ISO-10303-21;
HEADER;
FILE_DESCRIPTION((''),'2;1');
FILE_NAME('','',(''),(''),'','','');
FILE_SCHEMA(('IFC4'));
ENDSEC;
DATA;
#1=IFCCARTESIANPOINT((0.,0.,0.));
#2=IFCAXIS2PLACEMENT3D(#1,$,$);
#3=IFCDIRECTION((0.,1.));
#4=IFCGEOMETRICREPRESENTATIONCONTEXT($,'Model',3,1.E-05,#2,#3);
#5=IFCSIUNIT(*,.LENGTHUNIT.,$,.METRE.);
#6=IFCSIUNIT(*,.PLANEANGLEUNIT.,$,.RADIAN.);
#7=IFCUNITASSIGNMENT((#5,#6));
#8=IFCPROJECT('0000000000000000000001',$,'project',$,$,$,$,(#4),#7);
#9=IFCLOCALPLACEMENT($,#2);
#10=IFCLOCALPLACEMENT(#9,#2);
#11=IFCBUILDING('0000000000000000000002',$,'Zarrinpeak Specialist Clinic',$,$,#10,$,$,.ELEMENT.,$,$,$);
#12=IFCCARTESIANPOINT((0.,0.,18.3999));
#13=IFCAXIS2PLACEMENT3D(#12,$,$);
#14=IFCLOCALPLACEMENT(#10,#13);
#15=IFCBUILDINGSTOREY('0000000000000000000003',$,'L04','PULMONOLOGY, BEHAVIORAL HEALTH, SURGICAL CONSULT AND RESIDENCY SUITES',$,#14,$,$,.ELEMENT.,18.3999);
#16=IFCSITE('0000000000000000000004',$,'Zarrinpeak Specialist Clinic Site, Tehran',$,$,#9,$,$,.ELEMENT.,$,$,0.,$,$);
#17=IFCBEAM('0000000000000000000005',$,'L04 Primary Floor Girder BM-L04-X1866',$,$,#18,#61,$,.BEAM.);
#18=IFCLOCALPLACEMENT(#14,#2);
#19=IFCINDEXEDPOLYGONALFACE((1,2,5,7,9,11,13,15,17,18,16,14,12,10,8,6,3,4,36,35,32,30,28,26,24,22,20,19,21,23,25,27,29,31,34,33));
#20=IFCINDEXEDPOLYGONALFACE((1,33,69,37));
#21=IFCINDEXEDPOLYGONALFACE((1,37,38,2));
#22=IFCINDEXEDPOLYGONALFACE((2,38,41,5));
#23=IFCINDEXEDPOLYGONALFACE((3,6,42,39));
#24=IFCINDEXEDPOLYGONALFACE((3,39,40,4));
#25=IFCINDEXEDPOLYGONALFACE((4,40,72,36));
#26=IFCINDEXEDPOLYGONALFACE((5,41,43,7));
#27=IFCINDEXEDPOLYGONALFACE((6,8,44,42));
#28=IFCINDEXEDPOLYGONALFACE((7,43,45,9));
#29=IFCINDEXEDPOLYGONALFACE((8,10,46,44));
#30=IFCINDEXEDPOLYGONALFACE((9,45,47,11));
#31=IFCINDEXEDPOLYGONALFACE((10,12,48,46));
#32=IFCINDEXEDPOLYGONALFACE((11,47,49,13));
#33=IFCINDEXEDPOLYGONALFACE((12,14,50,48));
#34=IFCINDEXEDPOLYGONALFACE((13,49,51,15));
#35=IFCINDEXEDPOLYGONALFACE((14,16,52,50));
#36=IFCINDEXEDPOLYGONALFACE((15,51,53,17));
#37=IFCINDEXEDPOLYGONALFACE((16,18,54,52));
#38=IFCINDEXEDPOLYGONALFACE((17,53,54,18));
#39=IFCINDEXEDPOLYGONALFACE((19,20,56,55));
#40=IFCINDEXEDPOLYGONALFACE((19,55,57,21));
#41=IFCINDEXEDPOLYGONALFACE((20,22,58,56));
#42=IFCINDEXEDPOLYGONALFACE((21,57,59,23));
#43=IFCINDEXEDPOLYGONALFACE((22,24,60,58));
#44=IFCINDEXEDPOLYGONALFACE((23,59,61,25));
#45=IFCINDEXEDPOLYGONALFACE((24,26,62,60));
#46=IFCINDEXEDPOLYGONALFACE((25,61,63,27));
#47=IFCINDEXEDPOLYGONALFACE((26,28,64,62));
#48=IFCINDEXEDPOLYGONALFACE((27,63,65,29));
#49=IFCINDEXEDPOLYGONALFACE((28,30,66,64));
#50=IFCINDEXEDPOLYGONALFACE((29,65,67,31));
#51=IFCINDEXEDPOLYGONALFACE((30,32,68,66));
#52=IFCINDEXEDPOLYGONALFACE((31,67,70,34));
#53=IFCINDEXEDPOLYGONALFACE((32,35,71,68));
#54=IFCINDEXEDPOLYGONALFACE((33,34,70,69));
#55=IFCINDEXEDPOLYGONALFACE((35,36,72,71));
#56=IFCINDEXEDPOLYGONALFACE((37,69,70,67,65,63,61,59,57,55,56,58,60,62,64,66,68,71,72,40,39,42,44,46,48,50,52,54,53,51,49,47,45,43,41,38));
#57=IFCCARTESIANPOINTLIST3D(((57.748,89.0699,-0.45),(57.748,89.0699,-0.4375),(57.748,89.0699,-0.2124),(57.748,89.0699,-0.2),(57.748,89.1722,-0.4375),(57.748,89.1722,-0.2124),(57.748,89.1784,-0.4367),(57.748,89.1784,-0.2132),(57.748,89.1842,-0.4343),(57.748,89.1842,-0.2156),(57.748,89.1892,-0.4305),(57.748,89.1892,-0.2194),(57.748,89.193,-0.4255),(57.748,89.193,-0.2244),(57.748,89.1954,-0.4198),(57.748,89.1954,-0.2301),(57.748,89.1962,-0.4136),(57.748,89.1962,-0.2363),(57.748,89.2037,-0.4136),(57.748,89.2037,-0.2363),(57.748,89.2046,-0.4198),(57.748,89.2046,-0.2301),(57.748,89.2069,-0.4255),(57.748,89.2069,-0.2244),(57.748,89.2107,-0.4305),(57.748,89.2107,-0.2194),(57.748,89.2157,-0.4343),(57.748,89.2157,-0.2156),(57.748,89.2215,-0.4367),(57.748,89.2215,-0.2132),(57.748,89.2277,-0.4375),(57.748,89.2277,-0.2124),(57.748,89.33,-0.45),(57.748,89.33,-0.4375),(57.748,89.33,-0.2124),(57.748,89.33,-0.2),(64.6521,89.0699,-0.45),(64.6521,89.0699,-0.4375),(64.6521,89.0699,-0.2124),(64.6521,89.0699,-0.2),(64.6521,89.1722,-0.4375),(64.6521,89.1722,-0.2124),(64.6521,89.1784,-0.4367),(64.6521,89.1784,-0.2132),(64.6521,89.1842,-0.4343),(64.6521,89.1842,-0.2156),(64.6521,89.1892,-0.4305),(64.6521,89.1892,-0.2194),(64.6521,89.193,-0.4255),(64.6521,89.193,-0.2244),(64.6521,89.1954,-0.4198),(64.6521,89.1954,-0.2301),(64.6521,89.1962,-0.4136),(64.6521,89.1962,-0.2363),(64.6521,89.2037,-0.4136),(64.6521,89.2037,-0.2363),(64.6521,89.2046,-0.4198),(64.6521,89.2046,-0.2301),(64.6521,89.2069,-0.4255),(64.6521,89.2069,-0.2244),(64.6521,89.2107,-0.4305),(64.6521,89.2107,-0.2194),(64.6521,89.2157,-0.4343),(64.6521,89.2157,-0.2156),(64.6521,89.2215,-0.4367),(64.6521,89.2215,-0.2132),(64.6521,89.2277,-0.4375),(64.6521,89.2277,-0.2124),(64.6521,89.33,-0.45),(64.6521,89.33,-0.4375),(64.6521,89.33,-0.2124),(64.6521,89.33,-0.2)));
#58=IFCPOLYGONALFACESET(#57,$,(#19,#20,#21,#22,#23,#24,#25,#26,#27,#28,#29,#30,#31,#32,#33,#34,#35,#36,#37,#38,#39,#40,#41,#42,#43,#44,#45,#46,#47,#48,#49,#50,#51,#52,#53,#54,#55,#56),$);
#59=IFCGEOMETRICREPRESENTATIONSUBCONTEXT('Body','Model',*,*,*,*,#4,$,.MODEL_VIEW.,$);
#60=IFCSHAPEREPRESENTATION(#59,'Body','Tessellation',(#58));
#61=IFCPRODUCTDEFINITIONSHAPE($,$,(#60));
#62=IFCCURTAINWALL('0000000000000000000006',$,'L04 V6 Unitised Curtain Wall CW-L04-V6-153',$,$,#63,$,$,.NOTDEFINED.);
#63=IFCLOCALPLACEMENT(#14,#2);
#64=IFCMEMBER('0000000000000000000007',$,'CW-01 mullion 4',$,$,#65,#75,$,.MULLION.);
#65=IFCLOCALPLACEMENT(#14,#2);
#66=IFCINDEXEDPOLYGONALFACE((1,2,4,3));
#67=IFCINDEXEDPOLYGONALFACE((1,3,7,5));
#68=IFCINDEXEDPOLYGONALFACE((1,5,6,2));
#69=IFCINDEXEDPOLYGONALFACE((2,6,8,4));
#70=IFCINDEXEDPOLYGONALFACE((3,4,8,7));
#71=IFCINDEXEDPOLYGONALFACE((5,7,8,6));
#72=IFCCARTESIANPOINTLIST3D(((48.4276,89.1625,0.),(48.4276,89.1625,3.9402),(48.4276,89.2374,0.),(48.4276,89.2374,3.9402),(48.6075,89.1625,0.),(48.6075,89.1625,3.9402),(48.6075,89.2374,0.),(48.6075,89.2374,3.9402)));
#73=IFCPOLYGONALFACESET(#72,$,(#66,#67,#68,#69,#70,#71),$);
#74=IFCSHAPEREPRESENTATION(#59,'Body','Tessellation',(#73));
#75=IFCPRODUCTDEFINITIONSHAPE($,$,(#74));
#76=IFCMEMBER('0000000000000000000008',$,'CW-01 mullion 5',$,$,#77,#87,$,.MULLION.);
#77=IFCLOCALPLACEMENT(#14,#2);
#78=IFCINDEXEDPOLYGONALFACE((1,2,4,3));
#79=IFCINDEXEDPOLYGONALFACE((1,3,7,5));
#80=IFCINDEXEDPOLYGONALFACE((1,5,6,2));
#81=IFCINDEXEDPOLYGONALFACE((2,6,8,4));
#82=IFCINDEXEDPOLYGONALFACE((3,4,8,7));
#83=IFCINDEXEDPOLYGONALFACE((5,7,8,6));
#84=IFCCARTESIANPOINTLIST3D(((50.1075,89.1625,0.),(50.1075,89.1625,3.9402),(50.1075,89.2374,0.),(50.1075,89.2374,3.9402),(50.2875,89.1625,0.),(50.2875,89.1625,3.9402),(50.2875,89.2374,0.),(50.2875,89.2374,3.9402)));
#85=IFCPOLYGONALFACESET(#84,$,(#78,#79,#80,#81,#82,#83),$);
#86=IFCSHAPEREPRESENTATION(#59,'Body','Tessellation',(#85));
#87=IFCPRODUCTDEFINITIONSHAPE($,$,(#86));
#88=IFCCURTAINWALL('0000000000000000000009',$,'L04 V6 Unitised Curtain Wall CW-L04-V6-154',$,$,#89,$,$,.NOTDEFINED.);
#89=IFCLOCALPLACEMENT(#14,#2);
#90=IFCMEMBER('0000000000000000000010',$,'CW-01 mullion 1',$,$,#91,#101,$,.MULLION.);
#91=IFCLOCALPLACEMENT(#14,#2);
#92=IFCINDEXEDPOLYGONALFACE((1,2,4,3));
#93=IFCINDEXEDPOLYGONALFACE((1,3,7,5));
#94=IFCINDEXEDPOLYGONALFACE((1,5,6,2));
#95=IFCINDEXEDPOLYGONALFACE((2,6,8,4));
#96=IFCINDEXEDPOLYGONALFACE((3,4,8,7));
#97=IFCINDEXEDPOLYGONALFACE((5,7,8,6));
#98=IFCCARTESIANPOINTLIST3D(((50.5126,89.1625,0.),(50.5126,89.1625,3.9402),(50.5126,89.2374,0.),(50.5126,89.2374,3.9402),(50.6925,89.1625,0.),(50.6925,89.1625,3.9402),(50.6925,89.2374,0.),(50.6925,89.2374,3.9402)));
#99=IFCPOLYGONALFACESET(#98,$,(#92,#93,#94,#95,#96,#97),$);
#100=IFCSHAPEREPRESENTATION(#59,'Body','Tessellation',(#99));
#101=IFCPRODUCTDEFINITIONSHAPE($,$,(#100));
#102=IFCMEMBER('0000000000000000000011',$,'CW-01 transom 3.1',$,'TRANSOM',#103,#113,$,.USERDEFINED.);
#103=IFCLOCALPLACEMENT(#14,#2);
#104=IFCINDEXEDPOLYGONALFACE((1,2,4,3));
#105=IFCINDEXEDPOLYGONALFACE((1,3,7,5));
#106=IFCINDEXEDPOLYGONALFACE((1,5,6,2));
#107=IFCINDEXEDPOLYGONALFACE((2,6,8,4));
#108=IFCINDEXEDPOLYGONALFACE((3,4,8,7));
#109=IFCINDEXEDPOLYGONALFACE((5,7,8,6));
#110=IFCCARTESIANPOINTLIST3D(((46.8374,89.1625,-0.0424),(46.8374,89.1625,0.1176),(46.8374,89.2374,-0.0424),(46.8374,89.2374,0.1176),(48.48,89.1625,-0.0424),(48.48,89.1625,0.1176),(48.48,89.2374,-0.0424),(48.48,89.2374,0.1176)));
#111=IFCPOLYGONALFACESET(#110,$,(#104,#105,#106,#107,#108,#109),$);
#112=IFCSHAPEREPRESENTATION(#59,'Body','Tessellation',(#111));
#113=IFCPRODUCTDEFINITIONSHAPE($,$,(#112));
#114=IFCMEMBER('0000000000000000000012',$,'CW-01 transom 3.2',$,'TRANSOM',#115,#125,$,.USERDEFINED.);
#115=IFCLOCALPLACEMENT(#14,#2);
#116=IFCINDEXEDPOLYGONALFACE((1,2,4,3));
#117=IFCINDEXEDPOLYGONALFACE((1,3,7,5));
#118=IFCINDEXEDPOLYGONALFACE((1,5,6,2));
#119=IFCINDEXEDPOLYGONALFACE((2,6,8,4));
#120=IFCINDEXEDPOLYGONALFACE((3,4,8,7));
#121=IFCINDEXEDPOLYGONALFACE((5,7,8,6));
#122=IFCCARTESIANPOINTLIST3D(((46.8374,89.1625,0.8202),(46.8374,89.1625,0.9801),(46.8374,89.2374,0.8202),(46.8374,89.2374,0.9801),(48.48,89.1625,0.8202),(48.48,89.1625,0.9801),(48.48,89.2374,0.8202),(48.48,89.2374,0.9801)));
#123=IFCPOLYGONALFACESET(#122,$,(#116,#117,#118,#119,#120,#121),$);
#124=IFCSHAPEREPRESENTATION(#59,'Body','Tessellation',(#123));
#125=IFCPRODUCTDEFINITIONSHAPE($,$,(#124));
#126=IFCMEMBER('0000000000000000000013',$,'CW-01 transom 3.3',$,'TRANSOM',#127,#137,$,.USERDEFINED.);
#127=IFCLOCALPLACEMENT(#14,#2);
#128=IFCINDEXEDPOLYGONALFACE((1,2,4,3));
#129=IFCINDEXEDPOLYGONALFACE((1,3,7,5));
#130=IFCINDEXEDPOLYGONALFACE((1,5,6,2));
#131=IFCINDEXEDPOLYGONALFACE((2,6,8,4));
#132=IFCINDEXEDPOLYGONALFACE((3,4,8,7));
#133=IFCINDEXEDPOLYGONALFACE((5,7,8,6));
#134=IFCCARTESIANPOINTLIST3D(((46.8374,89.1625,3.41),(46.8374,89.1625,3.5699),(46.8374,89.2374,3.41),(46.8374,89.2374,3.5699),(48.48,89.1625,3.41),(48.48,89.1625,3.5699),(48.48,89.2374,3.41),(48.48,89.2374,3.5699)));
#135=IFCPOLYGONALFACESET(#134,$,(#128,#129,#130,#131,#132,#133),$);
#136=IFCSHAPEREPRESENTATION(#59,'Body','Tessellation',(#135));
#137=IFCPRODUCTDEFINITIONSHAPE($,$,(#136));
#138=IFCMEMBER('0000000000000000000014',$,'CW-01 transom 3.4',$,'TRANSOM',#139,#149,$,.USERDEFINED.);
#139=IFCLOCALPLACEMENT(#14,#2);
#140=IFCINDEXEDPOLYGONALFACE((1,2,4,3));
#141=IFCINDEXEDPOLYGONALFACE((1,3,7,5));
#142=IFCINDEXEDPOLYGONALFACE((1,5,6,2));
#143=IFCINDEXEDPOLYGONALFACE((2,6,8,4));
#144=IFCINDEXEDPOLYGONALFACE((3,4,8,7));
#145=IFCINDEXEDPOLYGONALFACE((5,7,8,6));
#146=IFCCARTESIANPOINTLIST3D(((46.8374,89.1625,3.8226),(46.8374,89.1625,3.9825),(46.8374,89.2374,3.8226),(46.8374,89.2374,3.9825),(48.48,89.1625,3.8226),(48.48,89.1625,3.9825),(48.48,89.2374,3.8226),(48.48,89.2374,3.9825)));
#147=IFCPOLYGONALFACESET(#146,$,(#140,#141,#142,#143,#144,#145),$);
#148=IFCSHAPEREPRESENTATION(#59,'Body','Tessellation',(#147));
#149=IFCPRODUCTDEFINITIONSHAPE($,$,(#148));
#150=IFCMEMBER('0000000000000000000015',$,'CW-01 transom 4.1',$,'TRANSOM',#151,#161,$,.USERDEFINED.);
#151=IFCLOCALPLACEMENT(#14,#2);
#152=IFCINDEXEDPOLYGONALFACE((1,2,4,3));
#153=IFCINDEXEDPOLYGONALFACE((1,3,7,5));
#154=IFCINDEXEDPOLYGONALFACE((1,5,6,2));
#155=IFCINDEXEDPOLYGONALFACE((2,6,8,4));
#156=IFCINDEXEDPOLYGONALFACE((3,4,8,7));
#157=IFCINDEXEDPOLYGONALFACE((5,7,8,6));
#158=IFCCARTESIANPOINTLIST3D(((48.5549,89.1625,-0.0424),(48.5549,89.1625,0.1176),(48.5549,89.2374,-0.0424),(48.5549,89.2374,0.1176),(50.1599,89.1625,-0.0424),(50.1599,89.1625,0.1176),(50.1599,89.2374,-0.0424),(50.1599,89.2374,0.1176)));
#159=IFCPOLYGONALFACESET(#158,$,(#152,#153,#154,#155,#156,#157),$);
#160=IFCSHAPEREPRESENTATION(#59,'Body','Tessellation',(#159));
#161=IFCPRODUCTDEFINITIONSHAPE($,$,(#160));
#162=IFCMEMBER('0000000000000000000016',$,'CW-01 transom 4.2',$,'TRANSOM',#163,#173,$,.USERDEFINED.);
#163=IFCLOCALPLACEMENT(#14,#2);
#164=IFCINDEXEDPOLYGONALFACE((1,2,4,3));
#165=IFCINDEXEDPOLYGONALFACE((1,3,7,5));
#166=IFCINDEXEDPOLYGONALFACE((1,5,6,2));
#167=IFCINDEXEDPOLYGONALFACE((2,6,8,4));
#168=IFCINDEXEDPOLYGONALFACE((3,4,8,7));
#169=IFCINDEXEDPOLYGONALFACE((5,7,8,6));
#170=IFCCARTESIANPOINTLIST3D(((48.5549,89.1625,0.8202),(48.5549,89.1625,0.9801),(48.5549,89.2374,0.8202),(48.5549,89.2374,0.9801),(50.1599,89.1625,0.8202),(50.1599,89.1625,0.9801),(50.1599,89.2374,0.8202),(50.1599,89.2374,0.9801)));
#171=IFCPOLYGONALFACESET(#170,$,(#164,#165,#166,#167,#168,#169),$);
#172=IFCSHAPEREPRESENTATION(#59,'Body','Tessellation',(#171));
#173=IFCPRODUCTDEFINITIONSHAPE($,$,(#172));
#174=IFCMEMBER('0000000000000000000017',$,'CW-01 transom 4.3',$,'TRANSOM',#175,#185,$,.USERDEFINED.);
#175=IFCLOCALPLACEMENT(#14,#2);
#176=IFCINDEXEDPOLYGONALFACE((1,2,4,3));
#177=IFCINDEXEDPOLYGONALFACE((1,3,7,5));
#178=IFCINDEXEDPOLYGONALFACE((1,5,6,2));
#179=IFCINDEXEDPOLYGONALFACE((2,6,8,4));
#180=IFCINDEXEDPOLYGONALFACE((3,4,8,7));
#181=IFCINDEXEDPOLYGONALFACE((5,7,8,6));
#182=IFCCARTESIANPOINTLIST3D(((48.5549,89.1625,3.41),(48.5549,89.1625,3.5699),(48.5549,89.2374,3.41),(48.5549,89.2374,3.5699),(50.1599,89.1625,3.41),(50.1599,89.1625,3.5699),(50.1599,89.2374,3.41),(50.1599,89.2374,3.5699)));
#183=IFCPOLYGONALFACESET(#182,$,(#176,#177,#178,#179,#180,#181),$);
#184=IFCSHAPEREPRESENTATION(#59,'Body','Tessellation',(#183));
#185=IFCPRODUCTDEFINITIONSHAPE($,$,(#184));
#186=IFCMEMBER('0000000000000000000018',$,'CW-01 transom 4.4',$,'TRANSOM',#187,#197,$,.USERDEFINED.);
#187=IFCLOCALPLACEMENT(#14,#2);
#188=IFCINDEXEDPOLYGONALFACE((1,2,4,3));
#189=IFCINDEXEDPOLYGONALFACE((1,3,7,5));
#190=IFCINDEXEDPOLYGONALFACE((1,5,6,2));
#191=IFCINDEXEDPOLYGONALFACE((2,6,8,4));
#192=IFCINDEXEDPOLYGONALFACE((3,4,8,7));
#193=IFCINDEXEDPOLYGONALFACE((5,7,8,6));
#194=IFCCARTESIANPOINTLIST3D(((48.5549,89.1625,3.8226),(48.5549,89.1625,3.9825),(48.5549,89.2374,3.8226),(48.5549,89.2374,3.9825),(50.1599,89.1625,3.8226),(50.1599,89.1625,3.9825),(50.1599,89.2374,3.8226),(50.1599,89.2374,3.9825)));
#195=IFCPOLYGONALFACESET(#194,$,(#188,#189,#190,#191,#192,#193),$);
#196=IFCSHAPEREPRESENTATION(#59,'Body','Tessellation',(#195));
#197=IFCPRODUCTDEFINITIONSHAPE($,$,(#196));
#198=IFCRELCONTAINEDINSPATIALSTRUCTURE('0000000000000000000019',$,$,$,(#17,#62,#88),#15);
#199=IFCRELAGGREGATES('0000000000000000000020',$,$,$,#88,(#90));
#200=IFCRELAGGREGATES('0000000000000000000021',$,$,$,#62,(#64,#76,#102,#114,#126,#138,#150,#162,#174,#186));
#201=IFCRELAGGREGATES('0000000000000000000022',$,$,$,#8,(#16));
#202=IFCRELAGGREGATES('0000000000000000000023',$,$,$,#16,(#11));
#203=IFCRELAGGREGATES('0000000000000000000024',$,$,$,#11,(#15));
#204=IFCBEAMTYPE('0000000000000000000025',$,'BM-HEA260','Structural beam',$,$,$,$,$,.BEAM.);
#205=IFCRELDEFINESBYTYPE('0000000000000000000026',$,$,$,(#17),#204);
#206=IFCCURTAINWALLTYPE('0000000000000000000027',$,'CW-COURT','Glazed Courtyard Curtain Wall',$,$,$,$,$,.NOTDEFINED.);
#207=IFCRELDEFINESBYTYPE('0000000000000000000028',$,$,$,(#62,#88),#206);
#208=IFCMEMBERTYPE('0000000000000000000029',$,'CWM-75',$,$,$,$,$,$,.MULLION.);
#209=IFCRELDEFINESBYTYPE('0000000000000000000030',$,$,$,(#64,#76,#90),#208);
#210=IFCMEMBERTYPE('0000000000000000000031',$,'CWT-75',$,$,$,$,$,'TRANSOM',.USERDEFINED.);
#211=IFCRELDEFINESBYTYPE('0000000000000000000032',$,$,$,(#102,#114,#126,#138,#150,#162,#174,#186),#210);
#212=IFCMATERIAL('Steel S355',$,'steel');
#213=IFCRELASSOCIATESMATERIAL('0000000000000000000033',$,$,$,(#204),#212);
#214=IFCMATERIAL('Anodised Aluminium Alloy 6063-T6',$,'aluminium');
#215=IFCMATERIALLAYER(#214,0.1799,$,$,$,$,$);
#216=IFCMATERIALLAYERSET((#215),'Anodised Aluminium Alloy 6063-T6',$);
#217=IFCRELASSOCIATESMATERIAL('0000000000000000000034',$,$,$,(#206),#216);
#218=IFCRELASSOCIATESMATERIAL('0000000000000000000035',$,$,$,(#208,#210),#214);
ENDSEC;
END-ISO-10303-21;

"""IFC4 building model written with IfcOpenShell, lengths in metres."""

from ifc_helpers import new_model, si_unit, direction, frame, origin, origin_2d, place, context, subcontext, project, spatial, rectangle, i_section, extrude, material, layer, layer_set, material_profile, profile_set, type_object, element, aggregate, save


model = new_model("IFC4")

# Units and contexts
model_context = context("Model", 3, precision=1e-05, world=origin(), true_north=direction((0.0, 1.0)))
body_context = subcontext(model_context, "Body", "Model", "MODEL_VIEW")
ifc_project = project(units=[si_unit("LENGTHUNIT", "METRE"), si_unit("PLANEANGLEUNIT", "RADIAN")], contexts=[model_context])

# Site, building, storey
site_placement = place(None, origin())
site = spatial("IfcSite", under=ifc_project, at=site_placement, Name="Zarrinpeak Specialist Clinic Site, Tehran", CompositionType="ELEMENT", RefElevation=0.0)
building_placement = place(site_placement, origin())
building = spatial("IfcBuilding", under=site, at=building_placement, Name="Zarrinpeak Specialist Clinic", CompositionType="ELEMENT")
storey_placement = place(building_placement, frame((0.0, 0.0, 18.3999)))
storey = spatial("IfcBuildingStorey", under=building, at=storey_placement, Name="L04", Description="PULMONOLOGY, BEHAVIORAL HEALTH, SURGICAL CONSULT AND RESIDENCY SUITES", CompositionType="ELEMENT", Elevation=18.3999)

# Shared definitions
ifc_material_1 = material(Name="Steel S355", Category="steel")

# Beam
ifc_material_profile_1 = material_profile(ifc_material_1, i_section(OverallWidth=0.26, OverallDepth=0.25, WebThickness=0.0076, FlangeThickness=0.0125, FilletRadius=0.0239, at=origin_2d()), Name="HEA 260")
ifc_profile_set_1 = profile_set([ifc_material_profile_1], Name="Steel S355")
beam_type = type_object("IfcBeamType", Name="BM-HEA260", Description="Structural beam", PredefinedType="BEAM", material=ifc_profile_set_1)
beam_1_placement = place(storey_placement, frame((57.748, 89.2, -0.325), z_axis=(1.0, 0.0, 0.0), x_axis=(0.0, 1.0, 0.0)))
element("IfcBeam", 1, at=beam_1_placement, inside=storey, type_object=beam_type, Name="L04 Primary Floor Girder BM-L04-X1866", PredefinedType="BEAM", context=body_context, shape_type="SweptSolid", body=[
    extrude(i_section(OverallWidth=0.26, OverallDepth=0.25, WebThickness=0.0076, FlangeThickness=0.0125, FilletRadius=0.0239, at=origin_2d()), origin(), (0.0, 0.0, 1.0), 6.9041),
])

# Curtain wall, members
ifc_material_2 = material(Name="Anodised Aluminium Alloy 6063-T6", Category="aluminium")
ifc_layer_1 = layer(ifc_material_2, 0.1799)
ifc_layer_set_1 = layer_set([ifc_layer_1], Name="Anodised Aluminium Alloy 6063-T6")
curtain_wall_type = type_object("IfcCurtainWallType", Name="CW-COURT", Description="Glazed Courtyard Curtain Wall", PredefinedType="NOTDEFINED", material=ifc_layer_set_1)
curtain_wall_1_placement = place(storey_placement, origin())
curtain_wall_1 = element("IfcCurtainWall", 2, at=curtain_wall_1_placement, inside=storey, type_object=curtain_wall_type, Name="L04 V6 Unitised Curtain Wall CW-L04-V6-153", PredefinedType="NOTDEFINED")
ifc_material_profile_2 = material_profile(ifc_material_2, rectangle(XDim=0.075, YDim=0.1799, at=origin_2d()), Name="ALU 75x180")
ifc_profile_set_2 = profile_set([ifc_material_profile_2], Name="Anodised Aluminium Alloy 6063-T6")
member_type_1 = type_object("IfcMemberType", Name="CWM-75", PredefinedType="MULLION", material=ifc_profile_set_2)
member_1_placement = place(storey_placement, frame((48.5176, 89.2, 0.0), z_axis=(0.0, 0.0, 1.0), x_axis=(0.0, 1.0, 0.0)))
member_1 = element("IfcMember", 3, at=member_1_placement, type_object=member_type_1, Name="CW-01 mullion 4", PredefinedType="MULLION", context=body_context, shape_type="SweptSolid", body=[
    extrude(rectangle(XDim=0.075, YDim=0.1799, at=origin_2d()), origin(), (0.0, 0.0, 1.0), 3.9402),
])
member_2_placement = place(storey_placement, frame((50.1975, 89.2, 0.0), z_axis=(0.0, 0.0, 1.0), x_axis=(0.0, 1.0, 0.0)))
member_2 = element("IfcMember", 4, at=member_2_placement, type_object=member_type_1, Name="CW-01 mullion 5", PredefinedType="MULLION", context=body_context, shape_type="SweptSolid", body=[
    extrude(rectangle(XDim=0.075, YDim=0.1799, at=origin_2d()), origin(), (0.0, 0.0, 1.0), 3.9402),
])

# Curtain wall, member
curtain_wall_2_placement = place(storey_placement, origin())
curtain_wall_2 = element("IfcCurtainWall", 5, at=curtain_wall_2_placement, inside=storey, type_object=curtain_wall_type, Name="L04 V6 Unitised Curtain Wall CW-L04-V6-154", PredefinedType="NOTDEFINED")
member_3_placement = place(storey_placement, frame((50.6025, 89.2, 0.0), z_axis=(0.0, 0.0, 1.0), x_axis=(0.0, 1.0, 0.0)))
member_3 = element("IfcMember", 6, at=member_3_placement, type_object=member_type_1, Name="CW-01 mullion 1", PredefinedType="MULLION", context=body_context, shape_type="SweptSolid", body=[
    extrude(rectangle(XDim=0.075, YDim=0.1799, at=origin_2d()), origin(), (0.0, 0.0, 1.0), 3.9402),
])
aggregate(curtain_wall_2, [member_3])

# Members
ifc_material_profile_3 = material_profile(ifc_material_2, rectangle(XDim=0.075, YDim=0.1599, at=origin_2d()), Name="ALU 75x160")
ifc_profile_set_3 = profile_set([ifc_material_profile_3], Name="Anodised Aluminium Alloy 6063-T6")
member_type_2 = type_object("IfcMemberType", Name="CWT-75", ElementType="TRANSOM", PredefinedType="USERDEFINED", material=ifc_profile_set_3)
member_4_placement = place(storey_placement, frame((46.8374, 89.2, 0.0376), z_axis=(1.0, 0.0, 0.0), x_axis=(0.0, 1.0, 0.0)))
member_4 = element("IfcMember", 7, at=member_4_placement, type_object=member_type_2, Name="CW-01 transom 3.1", ObjectType="TRANSOM", PredefinedType="USERDEFINED", context=body_context, shape_type="SweptSolid", body=[
    extrude(rectangle(XDim=0.075, YDim=0.1599, at=origin_2d()), origin(), (0.0, 0.0, 1.0), 1.6426),
])
member_5_placement = place(storey_placement, frame((46.8374, 89.2, 0.9001), z_axis=(1.0, 0.0, 0.0), x_axis=(0.0, 1.0, 0.0)))
member_5 = element("IfcMember", 8, at=member_5_placement, type_object=member_type_2, Name="CW-01 transom 3.2", ObjectType="TRANSOM", PredefinedType="USERDEFINED", context=body_context, shape_type="SweptSolid", body=[
    extrude(rectangle(XDim=0.075, YDim=0.1599, at=origin_2d()), origin(), (0.0, 0.0, 1.0), 1.6426),
])
member_6_placement = place(storey_placement, frame((46.8374, 89.2, 3.49), z_axis=(1.0, 0.0, 0.0), x_axis=(0.0, 1.0, 0.0)))
member_6 = element("IfcMember", 9, at=member_6_placement, type_object=member_type_2, Name="CW-01 transom 3.3", ObjectType="TRANSOM", PredefinedType="USERDEFINED", context=body_context, shape_type="SweptSolid", body=[
    extrude(rectangle(XDim=0.075, YDim=0.1599, at=origin_2d()), origin(), (0.0, 0.0, 1.0), 1.6426),
])
member_7_placement = place(storey_placement, frame((46.8374, 89.2, 3.9026), z_axis=(1.0, 0.0, 0.0), x_axis=(0.0, 1.0, 0.0)))
member_7 = element("IfcMember", 10, at=member_7_placement, type_object=member_type_2, Name="CW-01 transom 3.4", ObjectType="TRANSOM", PredefinedType="USERDEFINED", context=body_context, shape_type="SweptSolid", body=[
    extrude(rectangle(XDim=0.075, YDim=0.1599, at=origin_2d()), origin(), (0.0, 0.0, 1.0), 1.6426),
])
member_8_placement = place(storey_placement, frame((48.5549, 89.2, 0.0376), z_axis=(1.0, 0.0, 0.0), x_axis=(0.0, 1.0, 0.0)))
member_8 = element("IfcMember", 11, at=member_8_placement, type_object=member_type_2, Name="CW-01 transom 4.1", ObjectType="TRANSOM", PredefinedType="USERDEFINED", context=body_context, shape_type="SweptSolid", body=[
    extrude(rectangle(XDim=0.075, YDim=0.1599, at=origin_2d()), origin(), (0.0, 0.0, 1.0), 1.605),
])
member_9_placement = place(storey_placement, frame((48.5549, 89.2, 0.9001), z_axis=(1.0, 0.0, 0.0), x_axis=(0.0, 1.0, 0.0)))
member_9 = element("IfcMember", 12, at=member_9_placement, type_object=member_type_2, Name="CW-01 transom 4.2", ObjectType="TRANSOM", PredefinedType="USERDEFINED", context=body_context, shape_type="SweptSolid", body=[
    extrude(rectangle(XDim=0.075, YDim=0.1599, at=origin_2d()), origin(), (0.0, 0.0, 1.0), 1.605),
])
member_10_placement = place(storey_placement, frame((48.5549, 89.2, 3.49), z_axis=(1.0, 0.0, 0.0), x_axis=(0.0, 1.0, 0.0)))
member_10 = element("IfcMember", 13, at=member_10_placement, type_object=member_type_2, Name="CW-01 transom 4.3", ObjectType="TRANSOM", PredefinedType="USERDEFINED", context=body_context, shape_type="SweptSolid", body=[
    extrude(rectangle(XDim=0.075, YDim=0.1599, at=origin_2d()), origin(), (0.0, 0.0, 1.0), 1.605),
])
member_11_placement = place(storey_placement, frame((48.5549, 89.2, 3.9026), z_axis=(1.0, 0.0, 0.0), x_axis=(0.0, 1.0, 0.0)))
member_11 = element("IfcMember", 14, at=member_11_placement, type_object=member_type_2, Name="CW-01 transom 4.4", ObjectType="TRANSOM", PredefinedType="USERDEFINED", context=body_context, shape_type="SweptSolid", body=[
    extrude(rectangle(XDim=0.075, YDim=0.1599, at=origin_2d()), origin(), (0.0, 0.0, 1.0), 1.605),
])

aggregate(curtain_wall_1, [member_1, member_2, member_4, member_5, member_6, member_7, member_8, member_9, member_10, member_11])

save(model, "model.ifc")
